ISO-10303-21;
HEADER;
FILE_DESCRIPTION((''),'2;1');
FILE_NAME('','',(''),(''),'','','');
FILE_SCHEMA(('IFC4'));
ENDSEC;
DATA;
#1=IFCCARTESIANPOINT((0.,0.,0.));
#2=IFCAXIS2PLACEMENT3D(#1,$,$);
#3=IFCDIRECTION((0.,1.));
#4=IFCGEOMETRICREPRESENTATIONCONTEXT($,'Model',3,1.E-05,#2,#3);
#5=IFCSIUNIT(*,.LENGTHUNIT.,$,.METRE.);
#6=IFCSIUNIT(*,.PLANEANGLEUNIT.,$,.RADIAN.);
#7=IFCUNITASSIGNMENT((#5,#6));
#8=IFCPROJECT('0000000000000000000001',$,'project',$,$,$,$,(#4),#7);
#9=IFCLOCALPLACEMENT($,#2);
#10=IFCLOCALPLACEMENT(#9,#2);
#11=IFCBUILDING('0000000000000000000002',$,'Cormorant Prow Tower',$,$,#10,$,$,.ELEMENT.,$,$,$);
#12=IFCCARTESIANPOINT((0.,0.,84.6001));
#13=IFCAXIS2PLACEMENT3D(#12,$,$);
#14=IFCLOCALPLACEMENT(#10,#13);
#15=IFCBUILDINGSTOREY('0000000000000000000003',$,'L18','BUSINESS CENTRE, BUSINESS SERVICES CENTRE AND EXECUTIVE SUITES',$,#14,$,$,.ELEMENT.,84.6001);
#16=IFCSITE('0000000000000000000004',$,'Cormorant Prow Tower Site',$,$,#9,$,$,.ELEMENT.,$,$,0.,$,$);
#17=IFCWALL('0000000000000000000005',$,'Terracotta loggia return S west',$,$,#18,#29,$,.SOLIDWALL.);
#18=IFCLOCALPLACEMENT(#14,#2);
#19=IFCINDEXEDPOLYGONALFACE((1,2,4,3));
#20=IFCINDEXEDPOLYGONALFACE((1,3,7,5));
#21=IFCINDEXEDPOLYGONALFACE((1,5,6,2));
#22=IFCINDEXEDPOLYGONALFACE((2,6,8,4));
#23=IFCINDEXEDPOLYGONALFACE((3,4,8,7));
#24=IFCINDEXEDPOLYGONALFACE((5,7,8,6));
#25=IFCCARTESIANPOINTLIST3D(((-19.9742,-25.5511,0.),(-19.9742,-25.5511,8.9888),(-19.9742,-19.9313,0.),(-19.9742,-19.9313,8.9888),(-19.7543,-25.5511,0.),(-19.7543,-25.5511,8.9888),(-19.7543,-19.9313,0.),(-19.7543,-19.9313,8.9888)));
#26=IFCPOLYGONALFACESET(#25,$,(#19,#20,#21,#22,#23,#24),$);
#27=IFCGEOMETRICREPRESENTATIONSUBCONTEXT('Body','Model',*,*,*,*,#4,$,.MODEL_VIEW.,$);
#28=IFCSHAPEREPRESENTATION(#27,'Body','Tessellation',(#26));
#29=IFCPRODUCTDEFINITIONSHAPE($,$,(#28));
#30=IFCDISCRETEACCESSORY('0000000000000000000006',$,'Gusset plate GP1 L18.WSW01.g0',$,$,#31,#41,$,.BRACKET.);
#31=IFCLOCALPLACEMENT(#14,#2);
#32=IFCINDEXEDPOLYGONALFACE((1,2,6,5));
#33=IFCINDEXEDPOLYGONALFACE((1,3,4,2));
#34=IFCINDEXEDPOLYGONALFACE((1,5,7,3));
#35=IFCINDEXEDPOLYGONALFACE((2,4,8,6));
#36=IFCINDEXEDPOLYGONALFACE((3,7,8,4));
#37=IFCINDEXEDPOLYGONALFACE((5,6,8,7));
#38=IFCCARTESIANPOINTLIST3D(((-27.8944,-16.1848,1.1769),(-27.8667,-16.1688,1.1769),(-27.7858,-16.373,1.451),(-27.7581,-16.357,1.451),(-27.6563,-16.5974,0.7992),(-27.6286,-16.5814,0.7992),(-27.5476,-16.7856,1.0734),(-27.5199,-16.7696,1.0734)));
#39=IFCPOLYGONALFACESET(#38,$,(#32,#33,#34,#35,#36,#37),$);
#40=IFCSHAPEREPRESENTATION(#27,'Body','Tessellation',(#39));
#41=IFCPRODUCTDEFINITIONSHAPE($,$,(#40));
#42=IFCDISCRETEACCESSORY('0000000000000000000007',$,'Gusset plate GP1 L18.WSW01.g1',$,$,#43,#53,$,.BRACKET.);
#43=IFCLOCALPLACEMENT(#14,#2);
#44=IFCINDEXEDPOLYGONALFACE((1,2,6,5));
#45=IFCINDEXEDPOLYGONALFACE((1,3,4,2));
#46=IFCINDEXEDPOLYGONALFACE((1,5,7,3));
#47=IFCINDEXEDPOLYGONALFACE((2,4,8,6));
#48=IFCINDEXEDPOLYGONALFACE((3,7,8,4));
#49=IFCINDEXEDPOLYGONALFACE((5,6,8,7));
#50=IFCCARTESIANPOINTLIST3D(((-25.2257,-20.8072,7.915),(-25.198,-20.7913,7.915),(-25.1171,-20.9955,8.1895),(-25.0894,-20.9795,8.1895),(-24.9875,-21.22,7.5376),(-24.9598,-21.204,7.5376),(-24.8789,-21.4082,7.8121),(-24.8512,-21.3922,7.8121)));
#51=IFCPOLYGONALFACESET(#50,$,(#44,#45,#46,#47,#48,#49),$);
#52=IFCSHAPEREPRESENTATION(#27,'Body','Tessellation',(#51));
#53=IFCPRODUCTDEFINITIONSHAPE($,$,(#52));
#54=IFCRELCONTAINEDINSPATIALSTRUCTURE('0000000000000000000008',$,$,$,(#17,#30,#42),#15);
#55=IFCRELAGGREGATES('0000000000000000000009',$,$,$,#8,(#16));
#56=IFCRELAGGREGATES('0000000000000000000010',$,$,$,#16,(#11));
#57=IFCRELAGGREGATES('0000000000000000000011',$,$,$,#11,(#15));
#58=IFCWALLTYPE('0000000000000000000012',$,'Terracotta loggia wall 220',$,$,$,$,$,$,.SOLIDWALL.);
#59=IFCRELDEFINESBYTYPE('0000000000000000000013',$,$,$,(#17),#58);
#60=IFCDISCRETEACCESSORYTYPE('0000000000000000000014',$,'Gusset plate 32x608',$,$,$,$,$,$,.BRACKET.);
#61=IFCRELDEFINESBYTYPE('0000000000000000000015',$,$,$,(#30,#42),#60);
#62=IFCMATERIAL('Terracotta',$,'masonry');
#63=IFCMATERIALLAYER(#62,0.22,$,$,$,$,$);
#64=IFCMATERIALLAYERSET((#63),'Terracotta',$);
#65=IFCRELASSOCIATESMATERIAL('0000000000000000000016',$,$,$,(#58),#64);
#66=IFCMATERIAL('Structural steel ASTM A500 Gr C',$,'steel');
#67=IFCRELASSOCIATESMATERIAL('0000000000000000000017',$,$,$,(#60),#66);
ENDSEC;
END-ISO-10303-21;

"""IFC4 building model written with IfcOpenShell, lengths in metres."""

from ifc_helpers import new_model, si_unit, direction, frame, frame_2d, origin, origin_2d, place, context, subcontext, project, spatial, rectangle, extrude, material, layer, layer_set, material_profile, profile_set, type_object, element, save


model = new_model("IFC4")

# Units and contexts
model_context = context("Model", 3, precision=1e-05, world=origin(), true_north=direction((0.0, 1.0)))
body_context = subcontext(model_context, "Body", "Model", "MODEL_VIEW")
ifc_project = project(units=[si_unit("LENGTHUNIT", "METRE"), si_unit("PLANEANGLEUNIT", "RADIAN")], contexts=[model_context])

# Site, building, storey
site_placement = place(None, origin())
site = spatial("IfcSite", under=ifc_project, at=site_placement, Name="Cormorant Prow Tower Site", CompositionType="ELEMENT", RefElevation=0.0)
building_placement = place(site_placement, origin())
building = spatial("IfcBuilding", under=site, at=building_placement, Name="Cormorant Prow Tower", CompositionType="ELEMENT")
storey_placement = place(building_placement, frame((0.0, 0.0, 84.6001)))
storey = spatial("IfcBuildingStorey", under=building, at=storey_placement, Name="L18", Description="BUSINESS CENTRE, BUSINESS SERVICES CENTRE AND EXECUTIVE SUITES", CompositionType="ELEMENT", Elevation=84.6001)

# Wall
ifc_material_1 = material(Name="Terracotta", Category="masonry")
ifc_layer_1 = layer(ifc_material_1, 0.22)
ifc_layer_set_1 = layer_set([ifc_layer_1], Name="Terracotta")
wall_type_1 = type_object("IfcWallType", Name="Terracotta loggia wall 220", PredefinedType="SOLIDWALL", material=ifc_layer_set_1)
wall_1_placement = place(storey_placement, frame((-19.8643, -25.5513, 0.0), z_axis=(0.0, 0.0, 1.0), x_axis=(0.0, 1.0, 0.0)))
element("IfcWall", 1, at=wall_1_placement, inside=storey, type_object=wall_type_1, Name="Terracotta loggia return S west", PredefinedType="SOLIDWALL", context=body_context, shape_type="SweptSolid", body=[
    extrude(rectangle(XDim=5.6199, YDim=0.22, at=frame_2d((2.8101, 0.0))), origin(), (0.0, 0.0, 1.0), 8.9888),
])

# Discrete accessories
ifc_material_2 = material(Name="Structural steel ASTM A500 Gr C", Category="steel")
ifc_material_profile_1 = material_profile(ifc_material_2, rectangle(XDim=0.032, YDim=0.6079, at=origin_2d()), Name="Gusset plate 32x608")
ifc_profile_set_1 = profile_set([ifc_material_profile_1], Name="Structural steel ASTM A500 Gr C")
discrete_accessory_type = type_object("IfcDiscreteAccessoryType", Name="Gusset plate 32x608", PredefinedType="BRACKET", material=ifc_profile_set_1)
discrete_accessory_1_placement = place(storey_placement, frame((-27.6528, -16.5713, 1.2622), z_axis=(-0.310529, 0.538018, -0.78365), x_axis=(-0.866092, -0.499885, 0.0)))
element("IfcDiscreteAccessory", 2, at=discrete_accessory_1_placement, inside=storey, type_object=discrete_accessory_type, Name="Gusset plate GP1 L18.WSW01.g0", PredefinedType="BRACKET", context=body_context, shape_type="SweptSolid", body=[
    extrude(rectangle(XDim=0.032, YDim=0.6079, at=origin_2d()), origin(), (0.0, 0.0, 1.0), 0.3499),
])
discrete_accessory_2_placement = place(storey_placement, frame((-25.0928, -21.0056, 7.7263), z_axis=(0.31036, -0.537724, 0.783919), x_axis=(0.866092, 0.499885, 0.0)))
element("IfcDiscreteAccessory", 3, at=discrete_accessory_2_placement, inside=storey, type_object=discrete_accessory_type, Name="Gusset plate GP1 L18.WSW01.g1", PredefinedType="BRACKET", context=body_context, shape_type="SweptSolid", body=[
    extrude(rectangle(XDim=0.032, YDim=0.6079, at=origin_2d()), origin(), (0.0, 0.0, 1.0), 0.3501),
])

save(model, "model.ifc")
